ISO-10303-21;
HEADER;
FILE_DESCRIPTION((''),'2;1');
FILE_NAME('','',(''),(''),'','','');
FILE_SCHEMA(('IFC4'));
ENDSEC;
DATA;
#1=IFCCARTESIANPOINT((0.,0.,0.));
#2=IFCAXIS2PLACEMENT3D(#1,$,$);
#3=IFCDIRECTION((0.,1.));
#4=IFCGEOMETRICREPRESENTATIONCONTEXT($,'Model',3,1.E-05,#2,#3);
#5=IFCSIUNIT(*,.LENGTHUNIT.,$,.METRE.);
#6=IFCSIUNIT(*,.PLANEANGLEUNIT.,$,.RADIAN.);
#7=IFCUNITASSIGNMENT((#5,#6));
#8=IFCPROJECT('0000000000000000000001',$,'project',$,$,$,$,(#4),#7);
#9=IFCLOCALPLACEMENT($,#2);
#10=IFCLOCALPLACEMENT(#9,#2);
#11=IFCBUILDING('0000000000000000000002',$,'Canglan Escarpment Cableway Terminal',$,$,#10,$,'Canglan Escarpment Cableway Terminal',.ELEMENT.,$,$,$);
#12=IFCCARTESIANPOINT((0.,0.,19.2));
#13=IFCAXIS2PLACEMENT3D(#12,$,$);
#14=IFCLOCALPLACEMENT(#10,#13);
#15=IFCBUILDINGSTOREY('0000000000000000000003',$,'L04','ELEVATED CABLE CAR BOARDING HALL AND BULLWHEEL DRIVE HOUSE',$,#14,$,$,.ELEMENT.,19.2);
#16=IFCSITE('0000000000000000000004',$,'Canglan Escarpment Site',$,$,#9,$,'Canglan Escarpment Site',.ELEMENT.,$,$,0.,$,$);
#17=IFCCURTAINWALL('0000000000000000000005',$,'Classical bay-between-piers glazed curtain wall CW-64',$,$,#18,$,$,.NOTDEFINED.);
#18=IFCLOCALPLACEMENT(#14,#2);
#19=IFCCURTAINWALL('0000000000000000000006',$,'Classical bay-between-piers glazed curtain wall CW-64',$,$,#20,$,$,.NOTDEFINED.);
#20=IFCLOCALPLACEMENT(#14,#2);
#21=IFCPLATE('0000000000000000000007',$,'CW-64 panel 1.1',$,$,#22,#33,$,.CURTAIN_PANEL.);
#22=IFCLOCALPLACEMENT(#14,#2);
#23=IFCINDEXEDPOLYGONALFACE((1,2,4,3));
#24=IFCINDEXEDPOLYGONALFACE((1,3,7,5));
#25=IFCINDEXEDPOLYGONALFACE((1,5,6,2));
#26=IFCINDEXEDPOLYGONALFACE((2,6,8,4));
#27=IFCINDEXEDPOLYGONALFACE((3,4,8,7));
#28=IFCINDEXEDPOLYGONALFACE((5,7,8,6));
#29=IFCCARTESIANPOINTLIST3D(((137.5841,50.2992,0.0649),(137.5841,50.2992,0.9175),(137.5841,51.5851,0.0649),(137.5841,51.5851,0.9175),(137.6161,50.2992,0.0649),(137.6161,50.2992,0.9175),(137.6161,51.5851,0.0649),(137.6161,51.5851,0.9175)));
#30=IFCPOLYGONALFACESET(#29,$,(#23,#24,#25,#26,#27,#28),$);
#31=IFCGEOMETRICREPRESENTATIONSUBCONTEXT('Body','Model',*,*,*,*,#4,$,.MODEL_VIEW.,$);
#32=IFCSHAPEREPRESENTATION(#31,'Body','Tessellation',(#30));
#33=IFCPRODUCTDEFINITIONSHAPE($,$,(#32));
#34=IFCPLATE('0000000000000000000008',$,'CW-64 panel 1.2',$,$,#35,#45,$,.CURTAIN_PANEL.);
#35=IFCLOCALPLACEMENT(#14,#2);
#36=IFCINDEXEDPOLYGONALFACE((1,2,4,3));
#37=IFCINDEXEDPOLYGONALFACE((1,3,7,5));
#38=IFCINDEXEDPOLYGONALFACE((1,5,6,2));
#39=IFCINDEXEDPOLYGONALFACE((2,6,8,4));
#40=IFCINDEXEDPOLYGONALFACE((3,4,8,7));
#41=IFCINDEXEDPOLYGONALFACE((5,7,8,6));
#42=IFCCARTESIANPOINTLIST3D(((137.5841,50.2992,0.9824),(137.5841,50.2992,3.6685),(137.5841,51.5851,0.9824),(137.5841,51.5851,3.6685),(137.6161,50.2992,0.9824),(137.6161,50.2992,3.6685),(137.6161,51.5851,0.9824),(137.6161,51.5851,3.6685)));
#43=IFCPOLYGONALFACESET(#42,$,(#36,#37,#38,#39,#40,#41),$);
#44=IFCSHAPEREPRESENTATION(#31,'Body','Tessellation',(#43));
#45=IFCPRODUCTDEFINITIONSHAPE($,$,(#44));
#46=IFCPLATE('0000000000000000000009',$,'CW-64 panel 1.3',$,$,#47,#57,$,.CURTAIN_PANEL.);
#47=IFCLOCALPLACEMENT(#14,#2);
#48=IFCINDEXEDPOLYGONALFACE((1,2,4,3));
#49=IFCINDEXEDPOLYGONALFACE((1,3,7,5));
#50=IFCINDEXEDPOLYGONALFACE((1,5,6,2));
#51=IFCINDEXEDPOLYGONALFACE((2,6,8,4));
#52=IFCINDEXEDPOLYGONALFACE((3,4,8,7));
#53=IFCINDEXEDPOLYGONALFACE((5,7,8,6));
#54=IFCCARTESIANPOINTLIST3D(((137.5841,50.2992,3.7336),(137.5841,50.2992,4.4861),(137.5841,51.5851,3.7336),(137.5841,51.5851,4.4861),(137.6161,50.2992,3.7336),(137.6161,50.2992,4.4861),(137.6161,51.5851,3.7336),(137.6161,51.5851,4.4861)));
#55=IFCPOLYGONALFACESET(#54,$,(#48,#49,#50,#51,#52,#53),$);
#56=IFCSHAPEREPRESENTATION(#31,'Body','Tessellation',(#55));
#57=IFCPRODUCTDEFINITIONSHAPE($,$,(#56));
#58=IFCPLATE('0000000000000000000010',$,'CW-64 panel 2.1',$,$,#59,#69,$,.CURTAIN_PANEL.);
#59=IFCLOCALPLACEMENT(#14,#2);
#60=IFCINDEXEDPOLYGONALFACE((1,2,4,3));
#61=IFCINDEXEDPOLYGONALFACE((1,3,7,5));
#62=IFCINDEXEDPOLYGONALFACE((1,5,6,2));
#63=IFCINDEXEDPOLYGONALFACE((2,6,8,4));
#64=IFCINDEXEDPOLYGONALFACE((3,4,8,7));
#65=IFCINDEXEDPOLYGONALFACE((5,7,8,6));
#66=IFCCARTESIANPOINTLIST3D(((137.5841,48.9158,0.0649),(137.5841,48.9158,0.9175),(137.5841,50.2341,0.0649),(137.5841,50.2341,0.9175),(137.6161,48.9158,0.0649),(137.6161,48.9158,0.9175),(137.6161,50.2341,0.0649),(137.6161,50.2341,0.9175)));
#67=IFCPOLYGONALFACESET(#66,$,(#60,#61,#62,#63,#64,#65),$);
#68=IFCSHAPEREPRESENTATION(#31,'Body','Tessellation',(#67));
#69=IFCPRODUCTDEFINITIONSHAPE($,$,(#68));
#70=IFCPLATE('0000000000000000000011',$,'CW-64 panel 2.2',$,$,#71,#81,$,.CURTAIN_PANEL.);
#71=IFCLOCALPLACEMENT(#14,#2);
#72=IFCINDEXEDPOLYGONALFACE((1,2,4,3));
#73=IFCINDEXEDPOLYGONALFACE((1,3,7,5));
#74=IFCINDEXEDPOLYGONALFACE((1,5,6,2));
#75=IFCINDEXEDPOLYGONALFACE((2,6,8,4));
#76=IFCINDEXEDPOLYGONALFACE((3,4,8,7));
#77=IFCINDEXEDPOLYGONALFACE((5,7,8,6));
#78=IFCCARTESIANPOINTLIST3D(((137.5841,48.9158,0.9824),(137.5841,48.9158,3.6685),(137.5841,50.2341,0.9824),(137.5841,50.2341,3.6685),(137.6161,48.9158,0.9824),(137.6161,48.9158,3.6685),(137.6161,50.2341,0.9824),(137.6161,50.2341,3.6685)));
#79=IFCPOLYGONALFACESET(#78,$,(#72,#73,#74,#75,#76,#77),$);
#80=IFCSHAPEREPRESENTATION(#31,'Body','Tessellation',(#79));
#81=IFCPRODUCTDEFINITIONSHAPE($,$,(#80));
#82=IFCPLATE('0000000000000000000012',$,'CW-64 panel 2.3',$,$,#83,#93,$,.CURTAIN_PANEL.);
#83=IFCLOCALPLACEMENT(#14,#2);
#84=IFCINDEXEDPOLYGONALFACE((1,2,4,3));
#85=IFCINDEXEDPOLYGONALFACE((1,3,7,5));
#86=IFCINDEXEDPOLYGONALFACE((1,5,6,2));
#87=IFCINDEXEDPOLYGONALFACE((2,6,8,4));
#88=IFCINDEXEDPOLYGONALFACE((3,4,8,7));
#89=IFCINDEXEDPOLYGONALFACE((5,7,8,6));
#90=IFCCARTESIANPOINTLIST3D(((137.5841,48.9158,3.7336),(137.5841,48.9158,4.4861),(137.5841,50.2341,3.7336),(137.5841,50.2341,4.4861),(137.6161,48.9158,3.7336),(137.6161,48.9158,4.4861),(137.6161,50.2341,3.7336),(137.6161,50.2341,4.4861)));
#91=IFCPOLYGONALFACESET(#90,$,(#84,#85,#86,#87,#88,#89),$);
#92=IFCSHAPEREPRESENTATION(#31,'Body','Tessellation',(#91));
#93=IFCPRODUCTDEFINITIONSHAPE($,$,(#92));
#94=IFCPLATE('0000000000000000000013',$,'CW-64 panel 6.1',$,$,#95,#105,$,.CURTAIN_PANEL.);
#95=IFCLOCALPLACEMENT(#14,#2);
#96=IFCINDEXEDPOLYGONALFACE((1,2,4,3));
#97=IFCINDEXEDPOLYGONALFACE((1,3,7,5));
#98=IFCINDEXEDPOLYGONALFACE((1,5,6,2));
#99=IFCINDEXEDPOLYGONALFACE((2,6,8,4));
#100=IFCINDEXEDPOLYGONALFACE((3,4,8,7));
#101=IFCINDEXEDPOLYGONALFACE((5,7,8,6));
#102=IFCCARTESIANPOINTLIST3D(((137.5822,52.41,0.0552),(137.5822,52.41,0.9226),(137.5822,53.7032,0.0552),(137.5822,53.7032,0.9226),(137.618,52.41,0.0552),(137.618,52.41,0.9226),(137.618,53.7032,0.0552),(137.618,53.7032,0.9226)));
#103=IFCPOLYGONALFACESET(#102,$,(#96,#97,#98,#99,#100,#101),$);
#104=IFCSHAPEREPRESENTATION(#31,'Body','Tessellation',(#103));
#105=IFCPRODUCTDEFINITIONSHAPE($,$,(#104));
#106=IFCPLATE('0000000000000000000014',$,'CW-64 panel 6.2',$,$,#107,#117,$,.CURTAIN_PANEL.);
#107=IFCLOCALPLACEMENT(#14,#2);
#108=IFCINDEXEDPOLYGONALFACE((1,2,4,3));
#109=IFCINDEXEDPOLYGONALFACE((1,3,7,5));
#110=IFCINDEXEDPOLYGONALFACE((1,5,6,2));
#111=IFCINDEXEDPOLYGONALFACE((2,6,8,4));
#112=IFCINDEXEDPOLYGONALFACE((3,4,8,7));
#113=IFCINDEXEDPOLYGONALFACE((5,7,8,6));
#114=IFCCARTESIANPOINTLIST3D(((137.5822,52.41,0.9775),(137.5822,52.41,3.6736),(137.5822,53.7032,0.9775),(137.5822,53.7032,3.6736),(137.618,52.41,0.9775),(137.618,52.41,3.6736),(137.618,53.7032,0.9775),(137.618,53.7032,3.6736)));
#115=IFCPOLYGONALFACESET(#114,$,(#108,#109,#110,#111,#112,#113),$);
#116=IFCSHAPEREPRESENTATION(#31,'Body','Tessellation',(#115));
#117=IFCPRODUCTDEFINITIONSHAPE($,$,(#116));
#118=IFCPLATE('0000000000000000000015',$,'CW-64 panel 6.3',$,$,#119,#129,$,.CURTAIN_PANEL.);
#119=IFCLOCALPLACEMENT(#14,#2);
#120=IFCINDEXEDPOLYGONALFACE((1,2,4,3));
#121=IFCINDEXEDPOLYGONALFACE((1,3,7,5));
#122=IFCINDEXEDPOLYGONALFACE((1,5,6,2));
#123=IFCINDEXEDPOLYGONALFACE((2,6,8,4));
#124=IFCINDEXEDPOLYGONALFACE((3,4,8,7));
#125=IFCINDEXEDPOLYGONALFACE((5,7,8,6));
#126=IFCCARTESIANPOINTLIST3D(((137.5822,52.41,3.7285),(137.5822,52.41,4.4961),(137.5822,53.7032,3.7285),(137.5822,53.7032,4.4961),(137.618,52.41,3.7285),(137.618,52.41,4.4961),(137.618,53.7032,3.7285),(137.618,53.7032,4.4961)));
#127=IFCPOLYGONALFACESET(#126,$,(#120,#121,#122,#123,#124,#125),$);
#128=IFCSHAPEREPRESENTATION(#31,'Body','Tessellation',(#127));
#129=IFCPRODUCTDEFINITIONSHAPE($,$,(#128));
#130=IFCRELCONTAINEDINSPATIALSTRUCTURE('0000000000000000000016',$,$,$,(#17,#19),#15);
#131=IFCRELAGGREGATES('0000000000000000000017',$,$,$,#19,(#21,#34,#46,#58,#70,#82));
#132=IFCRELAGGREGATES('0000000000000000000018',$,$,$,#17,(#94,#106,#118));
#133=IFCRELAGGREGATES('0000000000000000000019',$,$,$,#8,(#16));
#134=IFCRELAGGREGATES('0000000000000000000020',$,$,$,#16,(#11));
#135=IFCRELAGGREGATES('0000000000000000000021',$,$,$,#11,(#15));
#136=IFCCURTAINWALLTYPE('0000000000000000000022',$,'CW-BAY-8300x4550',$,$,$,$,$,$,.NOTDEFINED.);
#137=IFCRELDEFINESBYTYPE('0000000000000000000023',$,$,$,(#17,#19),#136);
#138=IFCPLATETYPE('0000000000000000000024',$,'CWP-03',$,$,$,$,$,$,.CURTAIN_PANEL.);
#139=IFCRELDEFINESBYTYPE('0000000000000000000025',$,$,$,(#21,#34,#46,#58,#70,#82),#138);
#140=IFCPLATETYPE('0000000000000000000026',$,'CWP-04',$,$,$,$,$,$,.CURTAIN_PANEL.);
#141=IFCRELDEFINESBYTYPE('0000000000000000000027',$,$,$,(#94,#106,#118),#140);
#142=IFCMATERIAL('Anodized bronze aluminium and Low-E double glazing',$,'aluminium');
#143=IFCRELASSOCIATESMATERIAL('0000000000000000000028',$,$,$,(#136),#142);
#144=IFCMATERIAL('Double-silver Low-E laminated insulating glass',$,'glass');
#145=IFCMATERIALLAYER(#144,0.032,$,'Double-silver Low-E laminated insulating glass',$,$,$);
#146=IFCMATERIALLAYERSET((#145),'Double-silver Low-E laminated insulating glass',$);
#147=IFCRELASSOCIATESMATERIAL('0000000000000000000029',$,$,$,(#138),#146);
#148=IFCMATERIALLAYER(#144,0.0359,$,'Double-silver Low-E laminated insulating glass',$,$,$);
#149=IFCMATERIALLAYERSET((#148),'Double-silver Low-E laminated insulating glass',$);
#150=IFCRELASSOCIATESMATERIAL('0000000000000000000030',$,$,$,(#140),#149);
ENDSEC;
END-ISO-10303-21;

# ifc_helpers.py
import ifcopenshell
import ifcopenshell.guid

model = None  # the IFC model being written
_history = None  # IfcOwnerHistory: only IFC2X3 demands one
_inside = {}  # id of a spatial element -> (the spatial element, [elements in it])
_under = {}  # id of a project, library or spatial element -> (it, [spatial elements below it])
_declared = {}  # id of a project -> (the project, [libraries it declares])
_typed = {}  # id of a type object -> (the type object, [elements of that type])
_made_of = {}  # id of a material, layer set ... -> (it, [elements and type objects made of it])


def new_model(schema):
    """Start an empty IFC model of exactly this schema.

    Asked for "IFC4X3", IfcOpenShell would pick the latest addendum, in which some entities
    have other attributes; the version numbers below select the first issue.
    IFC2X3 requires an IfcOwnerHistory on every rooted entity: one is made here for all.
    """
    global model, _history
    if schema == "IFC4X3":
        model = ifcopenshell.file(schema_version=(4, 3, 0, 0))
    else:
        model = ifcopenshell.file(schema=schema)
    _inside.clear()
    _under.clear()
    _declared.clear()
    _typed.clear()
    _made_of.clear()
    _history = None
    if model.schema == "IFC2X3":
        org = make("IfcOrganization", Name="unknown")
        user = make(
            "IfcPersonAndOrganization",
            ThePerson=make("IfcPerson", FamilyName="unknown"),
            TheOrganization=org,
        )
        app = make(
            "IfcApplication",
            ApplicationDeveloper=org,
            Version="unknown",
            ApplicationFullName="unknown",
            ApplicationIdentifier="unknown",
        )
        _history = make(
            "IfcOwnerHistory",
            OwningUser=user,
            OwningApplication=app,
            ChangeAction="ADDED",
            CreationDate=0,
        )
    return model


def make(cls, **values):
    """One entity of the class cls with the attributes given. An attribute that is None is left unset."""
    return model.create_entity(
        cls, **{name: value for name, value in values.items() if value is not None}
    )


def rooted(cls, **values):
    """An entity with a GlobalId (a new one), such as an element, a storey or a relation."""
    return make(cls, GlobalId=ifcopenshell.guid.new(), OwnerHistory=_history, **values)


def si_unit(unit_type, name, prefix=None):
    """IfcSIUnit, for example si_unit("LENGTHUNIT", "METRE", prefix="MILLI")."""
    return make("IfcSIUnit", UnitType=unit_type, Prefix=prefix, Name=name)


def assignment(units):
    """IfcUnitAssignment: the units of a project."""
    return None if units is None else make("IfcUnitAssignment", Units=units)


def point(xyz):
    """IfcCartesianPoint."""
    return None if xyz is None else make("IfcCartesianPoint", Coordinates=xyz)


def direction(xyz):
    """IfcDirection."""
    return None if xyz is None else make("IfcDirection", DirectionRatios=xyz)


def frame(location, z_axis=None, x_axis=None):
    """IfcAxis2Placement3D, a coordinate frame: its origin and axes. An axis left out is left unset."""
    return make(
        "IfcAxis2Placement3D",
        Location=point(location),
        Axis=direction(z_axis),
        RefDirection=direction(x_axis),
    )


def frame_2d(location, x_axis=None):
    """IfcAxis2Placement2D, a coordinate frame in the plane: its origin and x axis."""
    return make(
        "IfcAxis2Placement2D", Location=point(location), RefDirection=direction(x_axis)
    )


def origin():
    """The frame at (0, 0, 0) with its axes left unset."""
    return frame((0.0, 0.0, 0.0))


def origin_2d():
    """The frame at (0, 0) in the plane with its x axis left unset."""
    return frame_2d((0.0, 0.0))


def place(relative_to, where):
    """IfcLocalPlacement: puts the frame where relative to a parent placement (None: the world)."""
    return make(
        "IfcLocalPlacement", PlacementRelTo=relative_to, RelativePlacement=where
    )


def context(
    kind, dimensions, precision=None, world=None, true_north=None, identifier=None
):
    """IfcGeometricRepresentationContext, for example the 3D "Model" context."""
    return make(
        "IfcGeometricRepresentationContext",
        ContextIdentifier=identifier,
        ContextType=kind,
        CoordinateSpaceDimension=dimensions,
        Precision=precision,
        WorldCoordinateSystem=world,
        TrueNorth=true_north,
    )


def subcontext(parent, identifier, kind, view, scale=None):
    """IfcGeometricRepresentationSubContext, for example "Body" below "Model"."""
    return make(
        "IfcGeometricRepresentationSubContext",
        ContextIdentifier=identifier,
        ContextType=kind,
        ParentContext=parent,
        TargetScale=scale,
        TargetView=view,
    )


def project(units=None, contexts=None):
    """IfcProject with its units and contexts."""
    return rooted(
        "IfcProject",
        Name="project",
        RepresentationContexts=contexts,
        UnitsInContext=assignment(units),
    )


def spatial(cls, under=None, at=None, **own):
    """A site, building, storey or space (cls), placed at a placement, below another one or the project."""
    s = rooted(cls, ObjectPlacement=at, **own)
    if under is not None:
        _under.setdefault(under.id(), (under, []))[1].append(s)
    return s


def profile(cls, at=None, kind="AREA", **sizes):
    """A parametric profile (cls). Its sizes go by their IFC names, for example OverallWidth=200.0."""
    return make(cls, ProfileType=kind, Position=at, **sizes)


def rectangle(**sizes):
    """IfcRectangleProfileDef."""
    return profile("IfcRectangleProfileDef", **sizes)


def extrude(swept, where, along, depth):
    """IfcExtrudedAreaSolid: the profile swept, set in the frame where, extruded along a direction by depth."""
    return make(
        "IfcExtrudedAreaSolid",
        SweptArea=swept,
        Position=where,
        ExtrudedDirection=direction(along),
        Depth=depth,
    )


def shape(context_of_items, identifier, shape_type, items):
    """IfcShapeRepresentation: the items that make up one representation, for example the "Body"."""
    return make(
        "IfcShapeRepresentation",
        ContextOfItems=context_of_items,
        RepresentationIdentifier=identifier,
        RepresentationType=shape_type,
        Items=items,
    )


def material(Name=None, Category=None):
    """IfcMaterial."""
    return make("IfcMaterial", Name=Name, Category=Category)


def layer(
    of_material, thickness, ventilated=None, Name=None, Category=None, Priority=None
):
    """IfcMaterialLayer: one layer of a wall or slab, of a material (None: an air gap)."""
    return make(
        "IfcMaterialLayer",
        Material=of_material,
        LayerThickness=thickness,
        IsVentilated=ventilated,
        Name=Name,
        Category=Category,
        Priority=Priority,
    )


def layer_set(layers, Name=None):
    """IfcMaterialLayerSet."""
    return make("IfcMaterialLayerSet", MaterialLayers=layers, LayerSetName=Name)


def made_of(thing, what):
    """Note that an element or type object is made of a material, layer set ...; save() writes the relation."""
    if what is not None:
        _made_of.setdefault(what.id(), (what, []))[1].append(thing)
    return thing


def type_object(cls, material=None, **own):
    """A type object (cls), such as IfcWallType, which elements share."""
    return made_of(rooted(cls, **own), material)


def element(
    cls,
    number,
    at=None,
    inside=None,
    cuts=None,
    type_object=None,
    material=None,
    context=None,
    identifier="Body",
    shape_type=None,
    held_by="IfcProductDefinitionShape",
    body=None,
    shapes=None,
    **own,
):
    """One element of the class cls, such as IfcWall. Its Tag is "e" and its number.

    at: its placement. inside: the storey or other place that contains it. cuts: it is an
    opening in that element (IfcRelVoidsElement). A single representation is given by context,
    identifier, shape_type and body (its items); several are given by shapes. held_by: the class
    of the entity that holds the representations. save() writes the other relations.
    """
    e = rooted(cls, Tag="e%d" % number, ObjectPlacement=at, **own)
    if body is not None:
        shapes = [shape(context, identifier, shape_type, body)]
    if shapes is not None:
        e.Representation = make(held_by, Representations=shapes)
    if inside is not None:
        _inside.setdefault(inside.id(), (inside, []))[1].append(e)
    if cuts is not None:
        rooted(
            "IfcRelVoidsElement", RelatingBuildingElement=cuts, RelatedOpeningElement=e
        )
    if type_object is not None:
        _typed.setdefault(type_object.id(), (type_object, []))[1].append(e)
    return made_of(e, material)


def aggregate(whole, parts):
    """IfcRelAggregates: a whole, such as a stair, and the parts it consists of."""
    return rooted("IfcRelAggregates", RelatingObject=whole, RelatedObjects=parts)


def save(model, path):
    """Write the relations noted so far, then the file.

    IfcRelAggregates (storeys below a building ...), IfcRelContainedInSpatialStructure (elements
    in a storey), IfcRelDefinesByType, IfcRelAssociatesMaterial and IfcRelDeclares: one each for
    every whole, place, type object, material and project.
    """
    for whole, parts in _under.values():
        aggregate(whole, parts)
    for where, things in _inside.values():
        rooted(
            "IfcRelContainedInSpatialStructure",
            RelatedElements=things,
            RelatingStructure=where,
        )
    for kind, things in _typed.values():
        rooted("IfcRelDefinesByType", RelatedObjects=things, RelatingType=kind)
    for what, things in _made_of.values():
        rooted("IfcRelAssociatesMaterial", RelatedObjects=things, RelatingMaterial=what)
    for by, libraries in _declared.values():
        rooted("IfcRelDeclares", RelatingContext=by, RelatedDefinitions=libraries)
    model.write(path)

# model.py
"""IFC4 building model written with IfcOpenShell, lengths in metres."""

from ifc_helpers import new_model, si_unit, direction, frame, origin, origin_2d, place, context, subcontext, project, spatial, rectangle, extrude, material, layer, layer_set, type_object, element, aggregate, save


model = new_model("IFC4")

# Units and contexts
model_context = context("Model", 3, precision=1e-05, world=origin(), true_north=direction((0.0, 1.0)))
body_context = subcontext(model_context, "Body", "Model", "MODEL_VIEW")
ifc_project = project(units=[si_unit("LENGTHUNIT", "METRE"), si_unit("PLANEANGLEUNIT", "RADIAN")], contexts=[model_context])

# Site, building, storey
site_placement = place(None, origin())
site = spatial("IfcSite", under=ifc_project, at=site_placement, Name="Canglan Escarpment Site", LongName="Canglan Escarpment Site", CompositionType="ELEMENT", RefElevation=0.0)
building_placement = place(site_placement, origin())
building = spatial("IfcBuilding", under=site, at=building_placement, Name="Canglan Escarpment Cableway Terminal", LongName="Canglan Escarpment Cableway Terminal", CompositionType="ELEMENT")
storey_placement = place(building_placement, frame((0.0, 0.0, 19.2)))
storey = spatial("IfcBuildingStorey", under=building, at=storey_placement, Name="L04", Description="ELEVATED CABLE CAR BOARDING HALL AND BULLWHEEL DRIVE HOUSE", CompositionType="ELEMENT", Elevation=19.2)

# Curtain wall
ifc_material_1 = material(Name="Anodized bronze aluminium and Low-E double glazing", Category="aluminium")
curtain_wall_type = type_object("IfcCurtainWallType", Name="CW-BAY-8300x4550", PredefinedType="NOTDEFINED", material=ifc_material_1)
curtain_wall_1_placement = place(storey_placement, origin())
curtain_wall_1 = element("IfcCurtainWall", 1, at=curtain_wall_1_placement, inside=storey, type_object=curtain_wall_type, Name="Classical bay-between-piers glazed curtain wall CW-64", PredefinedType="NOTDEFINED")

# Curtain wall
curtain_wall_2_placement = place(storey_placement, origin())
curtain_wall_2 = element("IfcCurtainWall", 2, at=curtain_wall_2_placement, inside=storey, type_object=curtain_wall_type, Name="Classical bay-between-piers glazed curtain wall CW-64", PredefinedType="NOTDEFINED")

# Plates
ifc_material_2 = material(Name="Double-silver Low-E laminated insulating glass", Category="glass")
ifc_layer_1 = layer(ifc_material_2, 0.032, Name="Double-silver Low-E laminated insulating glass")
ifc_layer_set_1 = layer_set([ifc_layer_1], Name="Double-silver Low-E laminated insulating glass")
plate_type_1 = type_object("IfcPlateType", Name="CWP-03", PredefinedType="CURTAIN_PANEL", material=ifc_layer_set_1)
plate_1_placement = place(storey_placement, frame((137.6001, 50.9421, 0.0649), z_axis=(0.0, 0.0, 1.0), x_axis=(0.0, -1.0, 0.0)))
plate_1 = element("IfcPlate", 3, at=plate_1_placement, type_object=plate_type_1, Name="CW-64 panel 1.1", PredefinedType="CURTAIN_PANEL", context=body_context, shape_type="SweptSolid", body=[
    extrude(rectangle(XDim=1.2859, YDim=0.032, at=origin_2d()), origin(), (0.0, 0.0, 1.0), 0.8525),
])
plate_2_placement = place(storey_placement, frame((137.6001, 50.9421, 0.9824), z_axis=(0.0, 0.0, 1.0), x_axis=(0.0, -1.0, 0.0)))
plate_2 = element("IfcPlate", 4, at=plate_2_placement, type_object=plate_type_1, Name="CW-64 panel 1.2", PredefinedType="CURTAIN_PANEL", context=body_context, shape_type="SweptSolid", body=[
    extrude(rectangle(XDim=1.2859, YDim=0.032, at=origin_2d()), origin(), (0.0, 0.0, 1.0), 2.686),
])
plate_3_placement = place(storey_placement, frame((137.6001, 50.9421, 3.7336), z_axis=(0.0, 0.0, 1.0), x_axis=(0.0, -1.0, 0.0)))
plate_3 = element("IfcPlate", 5, at=plate_3_placement, type_object=plate_type_1, Name="CW-64 panel 1.3", PredefinedType="CURTAIN_PANEL", context=body_context, shape_type="SweptSolid", body=[
    extrude(rectangle(XDim=1.2859, YDim=0.032, at=origin_2d()), origin(), (0.0, 0.0, 1.0), 0.7524),
])
plate_4_placement = place(storey_placement, frame((137.6001, 49.575, 0.0649), z_axis=(0.0, 0.0, 1.0), x_axis=(0.0, -1.0, 0.0)))
plate_4 = element("IfcPlate", 6, at=plate_4_placement, type_object=plate_type_1, Name="CW-64 panel 2.1", PredefinedType="CURTAIN_PANEL", context=body_context, shape_type="SweptSolid", body=[
    extrude(rectangle(XDim=1.3184, YDim=0.032, at=origin_2d()), origin(), (0.0, 0.0, 1.0), 0.8525),
])
plate_5_placement = place(storey_placement, frame((137.6001, 49.575, 0.9824), z_axis=(0.0, 0.0, 1.0), x_axis=(0.0, -1.0, 0.0)))
plate_5 = element("IfcPlate", 7, at=plate_5_placement, type_object=plate_type_1, Name="CW-64 panel 2.2", PredefinedType="CURTAIN_PANEL", context=body_context, shape_type="SweptSolid", body=[
    extrude(rectangle(XDim=1.3184, YDim=0.032, at=origin_2d()), origin(), (0.0, 0.0, 1.0), 2.686),
])
plate_6_placement = place(storey_placement, frame((137.6001, 49.575, 3.7336), z_axis=(0.0, 0.0, 1.0), x_axis=(0.0, -1.0, 0.0)))
plate_6 = element("IfcPlate", 8, at=plate_6_placement, type_object=plate_type_1, Name="CW-64 panel 2.3", PredefinedType="CURTAIN_PANEL", context=body_context, shape_type="SweptSolid", body=[
    extrude(rectangle(XDim=1.3184, YDim=0.032, at=origin_2d()), origin(), (0.0, 0.0, 1.0), 0.7524),
])
aggregate(curtain_wall_2, [plate_1, plate_2, plate_3, plate_4, plate_5, plate_6])
ifc_layer_2 = layer(ifc_material_2, 0.0359, Name="Double-silver Low-E laminated insulating glass")
ifc_layer_set_2 = layer_set([ifc_layer_2], Name="Double-silver Low-E laminated insulating glass")
plate_type_2 = type_object("IfcPlateType", Name="CWP-04", PredefinedType="CURTAIN_PANEL", material=ifc_layer_set_2)
plate_7_placement = place(storey_placement, frame((137.6001, 53.0566, 0.0552), z_axis=(0.0, 0.0, 1.0), x_axis=(0.0, -1.0, 0.0)))
plate_7 = element("IfcPlate", 9, at=plate_7_placement, type_object=plate_type_2, Name="CW-64 panel 6.1", PredefinedType="CURTAIN_PANEL", context=body_context, shape_type="SweptSolid", body=[
    extrude(rectangle(XDim=1.2932, YDim=0.0359, at=origin_2d()), origin(), (0.0, 0.0, 1.0), 0.8674),
])
plate_8_placement = place(storey_placement, frame((137.6001, 53.0566, 0.9775), z_axis=(0.0, 0.0, 1.0), x_axis=(0.0, -1.0, 0.0)))
plate_8 = element("IfcPlate", 10, at=plate_8_placement, type_object=plate_type_2, Name="CW-64 panel 6.2", PredefinedType="CURTAIN_PANEL", context=body_context, shape_type="SweptSolid", body=[
    extrude(rectangle(XDim=1.2932, YDim=0.0359, at=origin_2d()), origin(), (0.0, 0.0, 1.0), 2.696),
])
plate_9_placement = place(storey_placement, frame((137.6001, 53.0566, 3.7285), z_axis=(0.0, 0.0, 1.0), x_axis=(0.0, -1.0, 0.0)))
plate_9 = element("IfcPlate", 11, at=plate_9_placement, type_object=plate_type_2, Name="CW-64 panel 6.3", PredefinedType="CURTAIN_PANEL", context=body_context, shape_type="SweptSolid", body=[
    extrude(rectangle(XDim=1.2932, YDim=0.0359, at=origin_2d()), origin(), (0.0, 0.0, 1.0), 0.7676),
])
aggregate(curtain_wall_1, [plate_7, plate_8, plate_9])

save(model, "model.ifc")
